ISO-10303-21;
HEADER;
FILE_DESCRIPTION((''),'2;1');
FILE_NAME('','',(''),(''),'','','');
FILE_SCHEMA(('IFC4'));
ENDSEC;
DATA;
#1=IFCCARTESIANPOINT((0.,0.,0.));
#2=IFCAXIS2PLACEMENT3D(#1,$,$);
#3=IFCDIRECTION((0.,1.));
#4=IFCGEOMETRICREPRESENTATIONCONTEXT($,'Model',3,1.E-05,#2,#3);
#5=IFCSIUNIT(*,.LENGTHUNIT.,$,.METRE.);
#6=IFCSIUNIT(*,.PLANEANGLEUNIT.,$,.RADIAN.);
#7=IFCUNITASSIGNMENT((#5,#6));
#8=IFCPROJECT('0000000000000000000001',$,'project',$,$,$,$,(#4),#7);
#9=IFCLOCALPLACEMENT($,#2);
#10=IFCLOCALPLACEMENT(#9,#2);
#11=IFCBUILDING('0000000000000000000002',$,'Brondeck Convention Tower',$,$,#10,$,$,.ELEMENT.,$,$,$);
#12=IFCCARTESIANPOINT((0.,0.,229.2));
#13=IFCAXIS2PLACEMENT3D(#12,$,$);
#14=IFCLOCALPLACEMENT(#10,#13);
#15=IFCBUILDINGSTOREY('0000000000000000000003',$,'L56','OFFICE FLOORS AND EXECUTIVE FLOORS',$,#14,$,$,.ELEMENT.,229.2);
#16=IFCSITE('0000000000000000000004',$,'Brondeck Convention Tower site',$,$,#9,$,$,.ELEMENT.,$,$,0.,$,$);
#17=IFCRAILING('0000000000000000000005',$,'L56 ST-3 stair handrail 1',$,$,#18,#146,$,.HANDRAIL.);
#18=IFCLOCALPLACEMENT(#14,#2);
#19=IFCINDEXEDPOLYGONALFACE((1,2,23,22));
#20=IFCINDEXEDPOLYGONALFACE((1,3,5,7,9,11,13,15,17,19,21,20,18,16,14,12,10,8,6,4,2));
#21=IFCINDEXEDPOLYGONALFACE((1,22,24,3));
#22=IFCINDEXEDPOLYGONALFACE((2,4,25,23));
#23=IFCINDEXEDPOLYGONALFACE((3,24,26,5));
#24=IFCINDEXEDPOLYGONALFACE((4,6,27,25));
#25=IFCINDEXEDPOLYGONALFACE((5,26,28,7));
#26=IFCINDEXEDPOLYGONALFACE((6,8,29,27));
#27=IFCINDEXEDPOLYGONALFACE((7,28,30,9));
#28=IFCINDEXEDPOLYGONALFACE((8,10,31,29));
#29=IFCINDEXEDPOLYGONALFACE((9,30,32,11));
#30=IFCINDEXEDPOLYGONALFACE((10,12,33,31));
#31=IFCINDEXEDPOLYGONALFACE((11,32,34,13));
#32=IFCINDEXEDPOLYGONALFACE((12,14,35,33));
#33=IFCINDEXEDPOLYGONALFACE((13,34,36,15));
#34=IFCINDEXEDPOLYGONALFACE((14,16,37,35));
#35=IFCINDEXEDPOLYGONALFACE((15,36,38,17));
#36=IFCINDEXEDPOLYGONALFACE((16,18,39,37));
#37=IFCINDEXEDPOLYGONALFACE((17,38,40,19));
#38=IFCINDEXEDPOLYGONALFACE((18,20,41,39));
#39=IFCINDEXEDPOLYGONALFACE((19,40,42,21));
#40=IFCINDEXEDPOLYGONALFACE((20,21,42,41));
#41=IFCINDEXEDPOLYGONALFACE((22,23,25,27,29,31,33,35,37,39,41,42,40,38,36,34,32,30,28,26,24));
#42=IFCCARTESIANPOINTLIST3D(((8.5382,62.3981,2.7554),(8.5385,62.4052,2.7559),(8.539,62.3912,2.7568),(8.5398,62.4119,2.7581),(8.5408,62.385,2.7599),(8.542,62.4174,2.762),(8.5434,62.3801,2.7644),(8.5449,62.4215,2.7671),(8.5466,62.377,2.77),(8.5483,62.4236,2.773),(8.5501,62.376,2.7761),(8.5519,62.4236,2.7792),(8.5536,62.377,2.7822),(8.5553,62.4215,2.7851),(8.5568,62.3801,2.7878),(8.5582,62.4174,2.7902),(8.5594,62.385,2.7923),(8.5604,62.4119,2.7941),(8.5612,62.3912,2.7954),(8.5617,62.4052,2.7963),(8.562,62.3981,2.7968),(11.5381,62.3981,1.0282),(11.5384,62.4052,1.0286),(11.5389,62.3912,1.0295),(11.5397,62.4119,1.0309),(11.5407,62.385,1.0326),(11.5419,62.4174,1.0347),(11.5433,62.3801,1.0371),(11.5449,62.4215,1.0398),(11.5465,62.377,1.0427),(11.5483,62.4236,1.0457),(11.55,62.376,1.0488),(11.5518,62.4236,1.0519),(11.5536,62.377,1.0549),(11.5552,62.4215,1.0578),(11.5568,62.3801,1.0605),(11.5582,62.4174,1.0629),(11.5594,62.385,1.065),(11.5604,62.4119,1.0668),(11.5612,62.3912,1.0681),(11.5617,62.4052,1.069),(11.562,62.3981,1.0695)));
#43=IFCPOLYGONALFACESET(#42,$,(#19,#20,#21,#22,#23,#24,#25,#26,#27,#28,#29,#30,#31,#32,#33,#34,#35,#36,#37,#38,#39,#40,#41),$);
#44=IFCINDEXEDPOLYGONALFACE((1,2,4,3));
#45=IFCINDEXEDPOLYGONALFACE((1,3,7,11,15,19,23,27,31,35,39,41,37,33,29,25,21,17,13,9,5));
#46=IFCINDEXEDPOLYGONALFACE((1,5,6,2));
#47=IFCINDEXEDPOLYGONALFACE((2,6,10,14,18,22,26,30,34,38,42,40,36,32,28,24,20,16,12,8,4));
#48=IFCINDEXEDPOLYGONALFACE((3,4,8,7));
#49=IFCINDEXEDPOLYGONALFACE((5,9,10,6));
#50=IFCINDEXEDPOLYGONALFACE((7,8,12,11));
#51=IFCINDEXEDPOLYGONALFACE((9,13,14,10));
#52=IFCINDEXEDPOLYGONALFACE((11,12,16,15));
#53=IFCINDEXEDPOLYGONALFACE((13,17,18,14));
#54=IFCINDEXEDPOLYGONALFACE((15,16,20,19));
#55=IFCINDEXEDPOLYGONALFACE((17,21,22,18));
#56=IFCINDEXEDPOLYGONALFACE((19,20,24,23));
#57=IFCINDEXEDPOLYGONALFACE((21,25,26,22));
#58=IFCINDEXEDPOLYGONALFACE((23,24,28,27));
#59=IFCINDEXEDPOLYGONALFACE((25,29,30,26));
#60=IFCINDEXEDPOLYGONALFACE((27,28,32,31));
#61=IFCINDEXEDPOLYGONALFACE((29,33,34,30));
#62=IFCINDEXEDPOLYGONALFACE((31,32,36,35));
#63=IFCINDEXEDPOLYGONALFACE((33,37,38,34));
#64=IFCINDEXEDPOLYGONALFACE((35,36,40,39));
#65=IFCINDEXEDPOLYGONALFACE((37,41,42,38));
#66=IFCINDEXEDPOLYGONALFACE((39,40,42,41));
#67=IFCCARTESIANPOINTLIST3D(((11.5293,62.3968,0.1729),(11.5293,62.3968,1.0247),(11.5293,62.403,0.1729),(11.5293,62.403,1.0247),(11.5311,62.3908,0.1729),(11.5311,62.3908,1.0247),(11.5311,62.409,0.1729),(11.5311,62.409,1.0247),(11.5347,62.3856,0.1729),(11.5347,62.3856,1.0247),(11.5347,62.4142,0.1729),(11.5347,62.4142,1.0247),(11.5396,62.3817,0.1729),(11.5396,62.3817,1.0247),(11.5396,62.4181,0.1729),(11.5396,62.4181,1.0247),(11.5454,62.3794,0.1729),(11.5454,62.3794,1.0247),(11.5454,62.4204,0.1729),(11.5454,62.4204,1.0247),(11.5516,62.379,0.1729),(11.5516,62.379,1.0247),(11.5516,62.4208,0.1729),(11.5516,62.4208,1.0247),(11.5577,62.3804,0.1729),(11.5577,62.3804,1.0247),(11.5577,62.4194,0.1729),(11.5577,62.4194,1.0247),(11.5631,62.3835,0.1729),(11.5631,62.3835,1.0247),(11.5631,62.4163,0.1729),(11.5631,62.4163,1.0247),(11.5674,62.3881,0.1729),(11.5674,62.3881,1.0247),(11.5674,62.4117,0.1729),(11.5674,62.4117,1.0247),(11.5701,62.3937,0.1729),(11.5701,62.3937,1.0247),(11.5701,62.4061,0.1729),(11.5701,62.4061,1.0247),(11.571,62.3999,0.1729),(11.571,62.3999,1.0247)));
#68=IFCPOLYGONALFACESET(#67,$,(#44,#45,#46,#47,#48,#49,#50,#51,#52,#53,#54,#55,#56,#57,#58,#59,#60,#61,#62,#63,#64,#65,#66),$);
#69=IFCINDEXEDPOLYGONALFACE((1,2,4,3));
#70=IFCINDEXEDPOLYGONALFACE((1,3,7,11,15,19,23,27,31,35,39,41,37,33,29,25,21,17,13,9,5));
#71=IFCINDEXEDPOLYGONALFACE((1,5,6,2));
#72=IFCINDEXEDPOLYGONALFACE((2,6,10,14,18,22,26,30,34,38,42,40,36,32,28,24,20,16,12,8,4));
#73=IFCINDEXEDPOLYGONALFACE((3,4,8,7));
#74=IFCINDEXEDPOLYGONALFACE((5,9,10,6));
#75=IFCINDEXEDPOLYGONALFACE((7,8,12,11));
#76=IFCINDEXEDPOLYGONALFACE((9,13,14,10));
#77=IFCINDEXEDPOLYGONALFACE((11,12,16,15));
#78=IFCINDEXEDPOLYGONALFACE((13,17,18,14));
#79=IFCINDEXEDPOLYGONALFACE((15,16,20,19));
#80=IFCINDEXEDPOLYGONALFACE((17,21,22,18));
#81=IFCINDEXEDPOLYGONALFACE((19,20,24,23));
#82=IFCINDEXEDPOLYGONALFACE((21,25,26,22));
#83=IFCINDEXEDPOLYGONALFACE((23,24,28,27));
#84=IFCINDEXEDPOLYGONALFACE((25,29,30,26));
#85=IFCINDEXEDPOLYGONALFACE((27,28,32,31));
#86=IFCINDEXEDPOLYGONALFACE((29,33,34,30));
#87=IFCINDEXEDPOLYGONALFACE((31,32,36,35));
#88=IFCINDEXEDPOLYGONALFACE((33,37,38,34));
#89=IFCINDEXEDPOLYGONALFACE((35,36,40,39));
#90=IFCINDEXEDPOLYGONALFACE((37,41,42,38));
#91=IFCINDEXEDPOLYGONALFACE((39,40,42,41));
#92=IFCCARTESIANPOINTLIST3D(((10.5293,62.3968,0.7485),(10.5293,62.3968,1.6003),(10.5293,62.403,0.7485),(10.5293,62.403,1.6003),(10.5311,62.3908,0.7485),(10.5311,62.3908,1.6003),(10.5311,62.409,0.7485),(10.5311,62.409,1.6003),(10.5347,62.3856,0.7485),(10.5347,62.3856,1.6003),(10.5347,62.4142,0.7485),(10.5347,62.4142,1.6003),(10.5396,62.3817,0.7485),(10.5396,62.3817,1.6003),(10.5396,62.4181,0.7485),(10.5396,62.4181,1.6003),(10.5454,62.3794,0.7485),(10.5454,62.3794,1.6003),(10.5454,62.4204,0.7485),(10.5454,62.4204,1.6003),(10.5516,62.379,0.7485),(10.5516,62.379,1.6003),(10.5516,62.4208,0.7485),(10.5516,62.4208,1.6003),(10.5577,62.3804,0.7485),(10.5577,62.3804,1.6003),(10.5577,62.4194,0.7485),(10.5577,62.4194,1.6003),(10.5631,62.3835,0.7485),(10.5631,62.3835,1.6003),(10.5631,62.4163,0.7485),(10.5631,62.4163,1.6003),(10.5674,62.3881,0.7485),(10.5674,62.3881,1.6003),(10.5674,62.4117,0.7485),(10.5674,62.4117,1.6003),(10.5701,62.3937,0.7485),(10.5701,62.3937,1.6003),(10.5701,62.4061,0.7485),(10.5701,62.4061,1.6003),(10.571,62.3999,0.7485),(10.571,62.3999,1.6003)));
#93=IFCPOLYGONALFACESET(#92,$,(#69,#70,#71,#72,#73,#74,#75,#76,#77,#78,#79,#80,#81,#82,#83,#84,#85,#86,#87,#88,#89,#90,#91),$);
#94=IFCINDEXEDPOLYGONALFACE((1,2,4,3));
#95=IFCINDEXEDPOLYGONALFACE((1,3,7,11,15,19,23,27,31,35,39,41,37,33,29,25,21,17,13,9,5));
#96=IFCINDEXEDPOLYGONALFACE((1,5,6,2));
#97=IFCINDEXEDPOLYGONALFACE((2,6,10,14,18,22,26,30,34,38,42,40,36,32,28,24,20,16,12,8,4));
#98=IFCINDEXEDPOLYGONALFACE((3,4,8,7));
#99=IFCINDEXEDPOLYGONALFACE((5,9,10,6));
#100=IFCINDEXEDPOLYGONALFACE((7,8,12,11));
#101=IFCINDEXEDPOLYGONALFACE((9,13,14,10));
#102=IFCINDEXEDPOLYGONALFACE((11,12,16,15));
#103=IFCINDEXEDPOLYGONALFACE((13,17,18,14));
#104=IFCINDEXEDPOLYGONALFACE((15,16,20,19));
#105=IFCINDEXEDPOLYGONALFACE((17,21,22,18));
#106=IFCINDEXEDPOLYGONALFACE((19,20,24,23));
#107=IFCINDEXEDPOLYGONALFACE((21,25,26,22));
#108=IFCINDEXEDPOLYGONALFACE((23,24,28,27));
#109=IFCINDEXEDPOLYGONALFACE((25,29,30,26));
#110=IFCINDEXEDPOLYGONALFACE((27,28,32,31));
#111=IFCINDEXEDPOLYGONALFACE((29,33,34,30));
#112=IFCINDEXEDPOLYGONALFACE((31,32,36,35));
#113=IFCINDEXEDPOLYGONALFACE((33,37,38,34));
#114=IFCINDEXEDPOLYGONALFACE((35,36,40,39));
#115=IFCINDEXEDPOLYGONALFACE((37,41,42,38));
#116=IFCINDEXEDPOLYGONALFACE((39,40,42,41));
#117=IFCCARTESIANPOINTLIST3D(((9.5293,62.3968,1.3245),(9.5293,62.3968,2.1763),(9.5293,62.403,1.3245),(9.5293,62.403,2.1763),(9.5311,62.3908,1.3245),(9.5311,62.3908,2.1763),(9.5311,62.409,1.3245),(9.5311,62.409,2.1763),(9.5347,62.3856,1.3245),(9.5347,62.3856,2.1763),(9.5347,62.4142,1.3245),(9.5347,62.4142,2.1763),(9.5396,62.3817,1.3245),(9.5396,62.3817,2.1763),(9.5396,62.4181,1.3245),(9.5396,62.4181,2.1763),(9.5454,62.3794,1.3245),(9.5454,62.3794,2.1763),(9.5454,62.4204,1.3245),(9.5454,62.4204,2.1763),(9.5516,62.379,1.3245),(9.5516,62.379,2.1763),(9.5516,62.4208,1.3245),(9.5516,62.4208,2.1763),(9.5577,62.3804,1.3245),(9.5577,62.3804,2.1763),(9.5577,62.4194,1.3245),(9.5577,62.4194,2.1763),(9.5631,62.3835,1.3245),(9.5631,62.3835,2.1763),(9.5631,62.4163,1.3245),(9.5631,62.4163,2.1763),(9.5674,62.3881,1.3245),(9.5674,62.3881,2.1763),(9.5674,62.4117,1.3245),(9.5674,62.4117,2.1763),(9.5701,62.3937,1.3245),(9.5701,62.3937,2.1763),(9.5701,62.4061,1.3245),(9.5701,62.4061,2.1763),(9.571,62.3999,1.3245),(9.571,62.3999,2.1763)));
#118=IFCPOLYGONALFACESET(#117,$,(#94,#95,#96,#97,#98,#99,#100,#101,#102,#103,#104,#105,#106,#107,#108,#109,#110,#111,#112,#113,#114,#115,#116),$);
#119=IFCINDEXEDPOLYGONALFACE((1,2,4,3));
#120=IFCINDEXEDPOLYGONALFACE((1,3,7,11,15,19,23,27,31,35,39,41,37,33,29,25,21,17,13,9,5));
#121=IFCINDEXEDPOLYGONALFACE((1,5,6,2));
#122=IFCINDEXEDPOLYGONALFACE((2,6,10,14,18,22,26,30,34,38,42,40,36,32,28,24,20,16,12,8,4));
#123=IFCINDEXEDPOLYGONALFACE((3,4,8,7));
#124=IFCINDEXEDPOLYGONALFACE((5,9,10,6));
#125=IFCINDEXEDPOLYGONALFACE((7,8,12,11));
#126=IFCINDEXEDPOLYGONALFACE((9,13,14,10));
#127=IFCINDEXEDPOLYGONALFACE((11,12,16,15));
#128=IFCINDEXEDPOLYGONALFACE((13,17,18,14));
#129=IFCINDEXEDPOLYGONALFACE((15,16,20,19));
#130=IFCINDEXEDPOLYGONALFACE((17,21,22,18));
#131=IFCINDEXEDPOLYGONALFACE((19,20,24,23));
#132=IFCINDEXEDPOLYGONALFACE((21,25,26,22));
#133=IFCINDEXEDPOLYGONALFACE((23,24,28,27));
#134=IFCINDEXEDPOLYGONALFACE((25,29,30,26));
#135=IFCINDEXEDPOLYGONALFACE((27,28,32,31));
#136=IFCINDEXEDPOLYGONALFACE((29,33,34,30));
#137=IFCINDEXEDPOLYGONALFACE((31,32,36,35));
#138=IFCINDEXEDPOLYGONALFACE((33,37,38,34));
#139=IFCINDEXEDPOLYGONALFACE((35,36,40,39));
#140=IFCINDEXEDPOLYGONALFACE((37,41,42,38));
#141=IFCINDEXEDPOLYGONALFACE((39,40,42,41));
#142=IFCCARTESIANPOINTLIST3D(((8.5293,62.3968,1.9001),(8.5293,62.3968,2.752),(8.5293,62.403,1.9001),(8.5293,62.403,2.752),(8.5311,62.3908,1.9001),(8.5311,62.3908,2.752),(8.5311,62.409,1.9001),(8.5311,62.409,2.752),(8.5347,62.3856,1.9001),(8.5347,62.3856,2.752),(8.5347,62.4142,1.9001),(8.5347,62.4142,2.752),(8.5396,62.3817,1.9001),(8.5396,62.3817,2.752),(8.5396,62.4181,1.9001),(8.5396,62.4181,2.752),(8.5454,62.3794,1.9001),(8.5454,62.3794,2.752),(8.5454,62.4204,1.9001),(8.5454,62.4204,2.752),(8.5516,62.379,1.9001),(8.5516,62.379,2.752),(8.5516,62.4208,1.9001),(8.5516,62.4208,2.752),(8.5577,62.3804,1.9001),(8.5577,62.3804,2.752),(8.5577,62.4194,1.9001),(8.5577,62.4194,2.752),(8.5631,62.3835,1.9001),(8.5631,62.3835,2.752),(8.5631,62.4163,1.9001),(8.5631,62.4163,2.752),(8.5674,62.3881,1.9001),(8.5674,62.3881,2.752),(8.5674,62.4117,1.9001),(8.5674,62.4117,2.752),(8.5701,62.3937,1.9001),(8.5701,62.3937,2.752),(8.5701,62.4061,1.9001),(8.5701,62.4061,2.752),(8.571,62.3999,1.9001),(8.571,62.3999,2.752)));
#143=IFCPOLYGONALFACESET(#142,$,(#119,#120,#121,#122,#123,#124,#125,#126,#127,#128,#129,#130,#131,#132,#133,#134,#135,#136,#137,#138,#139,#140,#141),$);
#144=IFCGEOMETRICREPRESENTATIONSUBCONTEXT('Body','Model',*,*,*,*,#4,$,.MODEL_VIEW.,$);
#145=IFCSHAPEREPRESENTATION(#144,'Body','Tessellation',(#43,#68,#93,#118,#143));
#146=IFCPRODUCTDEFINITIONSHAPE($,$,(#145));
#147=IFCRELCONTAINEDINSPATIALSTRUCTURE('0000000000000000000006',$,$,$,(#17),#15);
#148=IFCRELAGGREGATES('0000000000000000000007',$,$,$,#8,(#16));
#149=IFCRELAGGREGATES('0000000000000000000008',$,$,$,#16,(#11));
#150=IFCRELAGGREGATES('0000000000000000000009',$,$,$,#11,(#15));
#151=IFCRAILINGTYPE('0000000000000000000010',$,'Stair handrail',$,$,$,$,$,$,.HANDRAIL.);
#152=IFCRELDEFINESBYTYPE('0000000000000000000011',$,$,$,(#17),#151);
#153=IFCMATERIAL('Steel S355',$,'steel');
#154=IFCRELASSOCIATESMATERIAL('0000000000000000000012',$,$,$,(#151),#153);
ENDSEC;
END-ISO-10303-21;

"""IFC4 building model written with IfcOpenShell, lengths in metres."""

from ifc_helpers import new_model, si_unit, direction, frame, origin, origin_2d, place, context, subcontext, project, spatial, circle, extrude, material, type_object, element, save


model = new_model("IFC4")

# Units and contexts
model_context = context("Model", 3, precision=1e-05, world=origin(), true_north=direction((0.0, 1.0)))
body_context = subcontext(model_context, "Body", "Model", "MODEL_VIEW")
ifc_project = project(units=[si_unit("LENGTHUNIT", "METRE"), si_unit("PLANEANGLEUNIT", "RADIAN")], contexts=[model_context])

# Site, building, storey
site_placement = place(None, origin())
site = spatial("IfcSite", under=ifc_project, at=site_placement, Name="Brondeck Convention Tower site", CompositionType="ELEMENT", RefElevation=0.0)
building_placement = place(site_placement, origin())
building = spatial("IfcBuilding", under=site, at=building_placement, Name="Brondeck Convention Tower", CompositionType="ELEMENT")
storey_placement = place(building_placement, frame((0.0, 0.0, 229.2)))
storey = spatial("IfcBuildingStorey", under=building, at=storey_placement, Name="L56", Description="OFFICE FLOORS AND EXECUTIVE FLOORS", CompositionType="ELEMENT", Elevation=229.2)

# Railing
ifc_material_1 = material(Name="Steel S355", Category="steel")
railing_type_1 = type_object("IfcRailingType", Name="Stair handrail", PredefinedType="HANDRAIL", material=ifc_material_1)
railing_1_placement = place(storey_placement, frame((11.55, 62.3999, 0.1729)))
element("IfcRailing", 1, at=railing_1_placement, inside=storey, type_object=railing_type_1, Name="L56 ST-3 stair handrail 1", PredefinedType="HANDRAIL", context=body_context, shape_type="SweptSolid", body=[
    extrude(circle(Radius=0.0239, at=origin_2d()), frame((0.0, 0.0, 0.876), z_axis=(-0.86662, 0.0, 0.498969), x_axis=(0.0, -1.0, 0.0)), (0.0, 0.0, 1.0), 3.4617),
    extrude(circle(Radius=0.021, at=origin_2d()), origin(), (0.0, 0.0, 1.0), 0.8518),
    extrude(circle(Radius=0.021, at=origin_2d()), frame((-1.0, 0.0, 0.5757)), (0.0, 0.0, 1.0), 0.8518),
    extrude(circle(Radius=0.021, at=origin_2d()), frame((-2.0, 0.0, 1.1516)), (0.0, 0.0, 1.0), 0.8518),
    extrude(circle(Radius=0.021, at=origin_2d()), frame((-3.0, 0.0, 1.7273)), (0.0, 0.0, 1.0), 0.8518),
])

save(model, "model.ifc")
